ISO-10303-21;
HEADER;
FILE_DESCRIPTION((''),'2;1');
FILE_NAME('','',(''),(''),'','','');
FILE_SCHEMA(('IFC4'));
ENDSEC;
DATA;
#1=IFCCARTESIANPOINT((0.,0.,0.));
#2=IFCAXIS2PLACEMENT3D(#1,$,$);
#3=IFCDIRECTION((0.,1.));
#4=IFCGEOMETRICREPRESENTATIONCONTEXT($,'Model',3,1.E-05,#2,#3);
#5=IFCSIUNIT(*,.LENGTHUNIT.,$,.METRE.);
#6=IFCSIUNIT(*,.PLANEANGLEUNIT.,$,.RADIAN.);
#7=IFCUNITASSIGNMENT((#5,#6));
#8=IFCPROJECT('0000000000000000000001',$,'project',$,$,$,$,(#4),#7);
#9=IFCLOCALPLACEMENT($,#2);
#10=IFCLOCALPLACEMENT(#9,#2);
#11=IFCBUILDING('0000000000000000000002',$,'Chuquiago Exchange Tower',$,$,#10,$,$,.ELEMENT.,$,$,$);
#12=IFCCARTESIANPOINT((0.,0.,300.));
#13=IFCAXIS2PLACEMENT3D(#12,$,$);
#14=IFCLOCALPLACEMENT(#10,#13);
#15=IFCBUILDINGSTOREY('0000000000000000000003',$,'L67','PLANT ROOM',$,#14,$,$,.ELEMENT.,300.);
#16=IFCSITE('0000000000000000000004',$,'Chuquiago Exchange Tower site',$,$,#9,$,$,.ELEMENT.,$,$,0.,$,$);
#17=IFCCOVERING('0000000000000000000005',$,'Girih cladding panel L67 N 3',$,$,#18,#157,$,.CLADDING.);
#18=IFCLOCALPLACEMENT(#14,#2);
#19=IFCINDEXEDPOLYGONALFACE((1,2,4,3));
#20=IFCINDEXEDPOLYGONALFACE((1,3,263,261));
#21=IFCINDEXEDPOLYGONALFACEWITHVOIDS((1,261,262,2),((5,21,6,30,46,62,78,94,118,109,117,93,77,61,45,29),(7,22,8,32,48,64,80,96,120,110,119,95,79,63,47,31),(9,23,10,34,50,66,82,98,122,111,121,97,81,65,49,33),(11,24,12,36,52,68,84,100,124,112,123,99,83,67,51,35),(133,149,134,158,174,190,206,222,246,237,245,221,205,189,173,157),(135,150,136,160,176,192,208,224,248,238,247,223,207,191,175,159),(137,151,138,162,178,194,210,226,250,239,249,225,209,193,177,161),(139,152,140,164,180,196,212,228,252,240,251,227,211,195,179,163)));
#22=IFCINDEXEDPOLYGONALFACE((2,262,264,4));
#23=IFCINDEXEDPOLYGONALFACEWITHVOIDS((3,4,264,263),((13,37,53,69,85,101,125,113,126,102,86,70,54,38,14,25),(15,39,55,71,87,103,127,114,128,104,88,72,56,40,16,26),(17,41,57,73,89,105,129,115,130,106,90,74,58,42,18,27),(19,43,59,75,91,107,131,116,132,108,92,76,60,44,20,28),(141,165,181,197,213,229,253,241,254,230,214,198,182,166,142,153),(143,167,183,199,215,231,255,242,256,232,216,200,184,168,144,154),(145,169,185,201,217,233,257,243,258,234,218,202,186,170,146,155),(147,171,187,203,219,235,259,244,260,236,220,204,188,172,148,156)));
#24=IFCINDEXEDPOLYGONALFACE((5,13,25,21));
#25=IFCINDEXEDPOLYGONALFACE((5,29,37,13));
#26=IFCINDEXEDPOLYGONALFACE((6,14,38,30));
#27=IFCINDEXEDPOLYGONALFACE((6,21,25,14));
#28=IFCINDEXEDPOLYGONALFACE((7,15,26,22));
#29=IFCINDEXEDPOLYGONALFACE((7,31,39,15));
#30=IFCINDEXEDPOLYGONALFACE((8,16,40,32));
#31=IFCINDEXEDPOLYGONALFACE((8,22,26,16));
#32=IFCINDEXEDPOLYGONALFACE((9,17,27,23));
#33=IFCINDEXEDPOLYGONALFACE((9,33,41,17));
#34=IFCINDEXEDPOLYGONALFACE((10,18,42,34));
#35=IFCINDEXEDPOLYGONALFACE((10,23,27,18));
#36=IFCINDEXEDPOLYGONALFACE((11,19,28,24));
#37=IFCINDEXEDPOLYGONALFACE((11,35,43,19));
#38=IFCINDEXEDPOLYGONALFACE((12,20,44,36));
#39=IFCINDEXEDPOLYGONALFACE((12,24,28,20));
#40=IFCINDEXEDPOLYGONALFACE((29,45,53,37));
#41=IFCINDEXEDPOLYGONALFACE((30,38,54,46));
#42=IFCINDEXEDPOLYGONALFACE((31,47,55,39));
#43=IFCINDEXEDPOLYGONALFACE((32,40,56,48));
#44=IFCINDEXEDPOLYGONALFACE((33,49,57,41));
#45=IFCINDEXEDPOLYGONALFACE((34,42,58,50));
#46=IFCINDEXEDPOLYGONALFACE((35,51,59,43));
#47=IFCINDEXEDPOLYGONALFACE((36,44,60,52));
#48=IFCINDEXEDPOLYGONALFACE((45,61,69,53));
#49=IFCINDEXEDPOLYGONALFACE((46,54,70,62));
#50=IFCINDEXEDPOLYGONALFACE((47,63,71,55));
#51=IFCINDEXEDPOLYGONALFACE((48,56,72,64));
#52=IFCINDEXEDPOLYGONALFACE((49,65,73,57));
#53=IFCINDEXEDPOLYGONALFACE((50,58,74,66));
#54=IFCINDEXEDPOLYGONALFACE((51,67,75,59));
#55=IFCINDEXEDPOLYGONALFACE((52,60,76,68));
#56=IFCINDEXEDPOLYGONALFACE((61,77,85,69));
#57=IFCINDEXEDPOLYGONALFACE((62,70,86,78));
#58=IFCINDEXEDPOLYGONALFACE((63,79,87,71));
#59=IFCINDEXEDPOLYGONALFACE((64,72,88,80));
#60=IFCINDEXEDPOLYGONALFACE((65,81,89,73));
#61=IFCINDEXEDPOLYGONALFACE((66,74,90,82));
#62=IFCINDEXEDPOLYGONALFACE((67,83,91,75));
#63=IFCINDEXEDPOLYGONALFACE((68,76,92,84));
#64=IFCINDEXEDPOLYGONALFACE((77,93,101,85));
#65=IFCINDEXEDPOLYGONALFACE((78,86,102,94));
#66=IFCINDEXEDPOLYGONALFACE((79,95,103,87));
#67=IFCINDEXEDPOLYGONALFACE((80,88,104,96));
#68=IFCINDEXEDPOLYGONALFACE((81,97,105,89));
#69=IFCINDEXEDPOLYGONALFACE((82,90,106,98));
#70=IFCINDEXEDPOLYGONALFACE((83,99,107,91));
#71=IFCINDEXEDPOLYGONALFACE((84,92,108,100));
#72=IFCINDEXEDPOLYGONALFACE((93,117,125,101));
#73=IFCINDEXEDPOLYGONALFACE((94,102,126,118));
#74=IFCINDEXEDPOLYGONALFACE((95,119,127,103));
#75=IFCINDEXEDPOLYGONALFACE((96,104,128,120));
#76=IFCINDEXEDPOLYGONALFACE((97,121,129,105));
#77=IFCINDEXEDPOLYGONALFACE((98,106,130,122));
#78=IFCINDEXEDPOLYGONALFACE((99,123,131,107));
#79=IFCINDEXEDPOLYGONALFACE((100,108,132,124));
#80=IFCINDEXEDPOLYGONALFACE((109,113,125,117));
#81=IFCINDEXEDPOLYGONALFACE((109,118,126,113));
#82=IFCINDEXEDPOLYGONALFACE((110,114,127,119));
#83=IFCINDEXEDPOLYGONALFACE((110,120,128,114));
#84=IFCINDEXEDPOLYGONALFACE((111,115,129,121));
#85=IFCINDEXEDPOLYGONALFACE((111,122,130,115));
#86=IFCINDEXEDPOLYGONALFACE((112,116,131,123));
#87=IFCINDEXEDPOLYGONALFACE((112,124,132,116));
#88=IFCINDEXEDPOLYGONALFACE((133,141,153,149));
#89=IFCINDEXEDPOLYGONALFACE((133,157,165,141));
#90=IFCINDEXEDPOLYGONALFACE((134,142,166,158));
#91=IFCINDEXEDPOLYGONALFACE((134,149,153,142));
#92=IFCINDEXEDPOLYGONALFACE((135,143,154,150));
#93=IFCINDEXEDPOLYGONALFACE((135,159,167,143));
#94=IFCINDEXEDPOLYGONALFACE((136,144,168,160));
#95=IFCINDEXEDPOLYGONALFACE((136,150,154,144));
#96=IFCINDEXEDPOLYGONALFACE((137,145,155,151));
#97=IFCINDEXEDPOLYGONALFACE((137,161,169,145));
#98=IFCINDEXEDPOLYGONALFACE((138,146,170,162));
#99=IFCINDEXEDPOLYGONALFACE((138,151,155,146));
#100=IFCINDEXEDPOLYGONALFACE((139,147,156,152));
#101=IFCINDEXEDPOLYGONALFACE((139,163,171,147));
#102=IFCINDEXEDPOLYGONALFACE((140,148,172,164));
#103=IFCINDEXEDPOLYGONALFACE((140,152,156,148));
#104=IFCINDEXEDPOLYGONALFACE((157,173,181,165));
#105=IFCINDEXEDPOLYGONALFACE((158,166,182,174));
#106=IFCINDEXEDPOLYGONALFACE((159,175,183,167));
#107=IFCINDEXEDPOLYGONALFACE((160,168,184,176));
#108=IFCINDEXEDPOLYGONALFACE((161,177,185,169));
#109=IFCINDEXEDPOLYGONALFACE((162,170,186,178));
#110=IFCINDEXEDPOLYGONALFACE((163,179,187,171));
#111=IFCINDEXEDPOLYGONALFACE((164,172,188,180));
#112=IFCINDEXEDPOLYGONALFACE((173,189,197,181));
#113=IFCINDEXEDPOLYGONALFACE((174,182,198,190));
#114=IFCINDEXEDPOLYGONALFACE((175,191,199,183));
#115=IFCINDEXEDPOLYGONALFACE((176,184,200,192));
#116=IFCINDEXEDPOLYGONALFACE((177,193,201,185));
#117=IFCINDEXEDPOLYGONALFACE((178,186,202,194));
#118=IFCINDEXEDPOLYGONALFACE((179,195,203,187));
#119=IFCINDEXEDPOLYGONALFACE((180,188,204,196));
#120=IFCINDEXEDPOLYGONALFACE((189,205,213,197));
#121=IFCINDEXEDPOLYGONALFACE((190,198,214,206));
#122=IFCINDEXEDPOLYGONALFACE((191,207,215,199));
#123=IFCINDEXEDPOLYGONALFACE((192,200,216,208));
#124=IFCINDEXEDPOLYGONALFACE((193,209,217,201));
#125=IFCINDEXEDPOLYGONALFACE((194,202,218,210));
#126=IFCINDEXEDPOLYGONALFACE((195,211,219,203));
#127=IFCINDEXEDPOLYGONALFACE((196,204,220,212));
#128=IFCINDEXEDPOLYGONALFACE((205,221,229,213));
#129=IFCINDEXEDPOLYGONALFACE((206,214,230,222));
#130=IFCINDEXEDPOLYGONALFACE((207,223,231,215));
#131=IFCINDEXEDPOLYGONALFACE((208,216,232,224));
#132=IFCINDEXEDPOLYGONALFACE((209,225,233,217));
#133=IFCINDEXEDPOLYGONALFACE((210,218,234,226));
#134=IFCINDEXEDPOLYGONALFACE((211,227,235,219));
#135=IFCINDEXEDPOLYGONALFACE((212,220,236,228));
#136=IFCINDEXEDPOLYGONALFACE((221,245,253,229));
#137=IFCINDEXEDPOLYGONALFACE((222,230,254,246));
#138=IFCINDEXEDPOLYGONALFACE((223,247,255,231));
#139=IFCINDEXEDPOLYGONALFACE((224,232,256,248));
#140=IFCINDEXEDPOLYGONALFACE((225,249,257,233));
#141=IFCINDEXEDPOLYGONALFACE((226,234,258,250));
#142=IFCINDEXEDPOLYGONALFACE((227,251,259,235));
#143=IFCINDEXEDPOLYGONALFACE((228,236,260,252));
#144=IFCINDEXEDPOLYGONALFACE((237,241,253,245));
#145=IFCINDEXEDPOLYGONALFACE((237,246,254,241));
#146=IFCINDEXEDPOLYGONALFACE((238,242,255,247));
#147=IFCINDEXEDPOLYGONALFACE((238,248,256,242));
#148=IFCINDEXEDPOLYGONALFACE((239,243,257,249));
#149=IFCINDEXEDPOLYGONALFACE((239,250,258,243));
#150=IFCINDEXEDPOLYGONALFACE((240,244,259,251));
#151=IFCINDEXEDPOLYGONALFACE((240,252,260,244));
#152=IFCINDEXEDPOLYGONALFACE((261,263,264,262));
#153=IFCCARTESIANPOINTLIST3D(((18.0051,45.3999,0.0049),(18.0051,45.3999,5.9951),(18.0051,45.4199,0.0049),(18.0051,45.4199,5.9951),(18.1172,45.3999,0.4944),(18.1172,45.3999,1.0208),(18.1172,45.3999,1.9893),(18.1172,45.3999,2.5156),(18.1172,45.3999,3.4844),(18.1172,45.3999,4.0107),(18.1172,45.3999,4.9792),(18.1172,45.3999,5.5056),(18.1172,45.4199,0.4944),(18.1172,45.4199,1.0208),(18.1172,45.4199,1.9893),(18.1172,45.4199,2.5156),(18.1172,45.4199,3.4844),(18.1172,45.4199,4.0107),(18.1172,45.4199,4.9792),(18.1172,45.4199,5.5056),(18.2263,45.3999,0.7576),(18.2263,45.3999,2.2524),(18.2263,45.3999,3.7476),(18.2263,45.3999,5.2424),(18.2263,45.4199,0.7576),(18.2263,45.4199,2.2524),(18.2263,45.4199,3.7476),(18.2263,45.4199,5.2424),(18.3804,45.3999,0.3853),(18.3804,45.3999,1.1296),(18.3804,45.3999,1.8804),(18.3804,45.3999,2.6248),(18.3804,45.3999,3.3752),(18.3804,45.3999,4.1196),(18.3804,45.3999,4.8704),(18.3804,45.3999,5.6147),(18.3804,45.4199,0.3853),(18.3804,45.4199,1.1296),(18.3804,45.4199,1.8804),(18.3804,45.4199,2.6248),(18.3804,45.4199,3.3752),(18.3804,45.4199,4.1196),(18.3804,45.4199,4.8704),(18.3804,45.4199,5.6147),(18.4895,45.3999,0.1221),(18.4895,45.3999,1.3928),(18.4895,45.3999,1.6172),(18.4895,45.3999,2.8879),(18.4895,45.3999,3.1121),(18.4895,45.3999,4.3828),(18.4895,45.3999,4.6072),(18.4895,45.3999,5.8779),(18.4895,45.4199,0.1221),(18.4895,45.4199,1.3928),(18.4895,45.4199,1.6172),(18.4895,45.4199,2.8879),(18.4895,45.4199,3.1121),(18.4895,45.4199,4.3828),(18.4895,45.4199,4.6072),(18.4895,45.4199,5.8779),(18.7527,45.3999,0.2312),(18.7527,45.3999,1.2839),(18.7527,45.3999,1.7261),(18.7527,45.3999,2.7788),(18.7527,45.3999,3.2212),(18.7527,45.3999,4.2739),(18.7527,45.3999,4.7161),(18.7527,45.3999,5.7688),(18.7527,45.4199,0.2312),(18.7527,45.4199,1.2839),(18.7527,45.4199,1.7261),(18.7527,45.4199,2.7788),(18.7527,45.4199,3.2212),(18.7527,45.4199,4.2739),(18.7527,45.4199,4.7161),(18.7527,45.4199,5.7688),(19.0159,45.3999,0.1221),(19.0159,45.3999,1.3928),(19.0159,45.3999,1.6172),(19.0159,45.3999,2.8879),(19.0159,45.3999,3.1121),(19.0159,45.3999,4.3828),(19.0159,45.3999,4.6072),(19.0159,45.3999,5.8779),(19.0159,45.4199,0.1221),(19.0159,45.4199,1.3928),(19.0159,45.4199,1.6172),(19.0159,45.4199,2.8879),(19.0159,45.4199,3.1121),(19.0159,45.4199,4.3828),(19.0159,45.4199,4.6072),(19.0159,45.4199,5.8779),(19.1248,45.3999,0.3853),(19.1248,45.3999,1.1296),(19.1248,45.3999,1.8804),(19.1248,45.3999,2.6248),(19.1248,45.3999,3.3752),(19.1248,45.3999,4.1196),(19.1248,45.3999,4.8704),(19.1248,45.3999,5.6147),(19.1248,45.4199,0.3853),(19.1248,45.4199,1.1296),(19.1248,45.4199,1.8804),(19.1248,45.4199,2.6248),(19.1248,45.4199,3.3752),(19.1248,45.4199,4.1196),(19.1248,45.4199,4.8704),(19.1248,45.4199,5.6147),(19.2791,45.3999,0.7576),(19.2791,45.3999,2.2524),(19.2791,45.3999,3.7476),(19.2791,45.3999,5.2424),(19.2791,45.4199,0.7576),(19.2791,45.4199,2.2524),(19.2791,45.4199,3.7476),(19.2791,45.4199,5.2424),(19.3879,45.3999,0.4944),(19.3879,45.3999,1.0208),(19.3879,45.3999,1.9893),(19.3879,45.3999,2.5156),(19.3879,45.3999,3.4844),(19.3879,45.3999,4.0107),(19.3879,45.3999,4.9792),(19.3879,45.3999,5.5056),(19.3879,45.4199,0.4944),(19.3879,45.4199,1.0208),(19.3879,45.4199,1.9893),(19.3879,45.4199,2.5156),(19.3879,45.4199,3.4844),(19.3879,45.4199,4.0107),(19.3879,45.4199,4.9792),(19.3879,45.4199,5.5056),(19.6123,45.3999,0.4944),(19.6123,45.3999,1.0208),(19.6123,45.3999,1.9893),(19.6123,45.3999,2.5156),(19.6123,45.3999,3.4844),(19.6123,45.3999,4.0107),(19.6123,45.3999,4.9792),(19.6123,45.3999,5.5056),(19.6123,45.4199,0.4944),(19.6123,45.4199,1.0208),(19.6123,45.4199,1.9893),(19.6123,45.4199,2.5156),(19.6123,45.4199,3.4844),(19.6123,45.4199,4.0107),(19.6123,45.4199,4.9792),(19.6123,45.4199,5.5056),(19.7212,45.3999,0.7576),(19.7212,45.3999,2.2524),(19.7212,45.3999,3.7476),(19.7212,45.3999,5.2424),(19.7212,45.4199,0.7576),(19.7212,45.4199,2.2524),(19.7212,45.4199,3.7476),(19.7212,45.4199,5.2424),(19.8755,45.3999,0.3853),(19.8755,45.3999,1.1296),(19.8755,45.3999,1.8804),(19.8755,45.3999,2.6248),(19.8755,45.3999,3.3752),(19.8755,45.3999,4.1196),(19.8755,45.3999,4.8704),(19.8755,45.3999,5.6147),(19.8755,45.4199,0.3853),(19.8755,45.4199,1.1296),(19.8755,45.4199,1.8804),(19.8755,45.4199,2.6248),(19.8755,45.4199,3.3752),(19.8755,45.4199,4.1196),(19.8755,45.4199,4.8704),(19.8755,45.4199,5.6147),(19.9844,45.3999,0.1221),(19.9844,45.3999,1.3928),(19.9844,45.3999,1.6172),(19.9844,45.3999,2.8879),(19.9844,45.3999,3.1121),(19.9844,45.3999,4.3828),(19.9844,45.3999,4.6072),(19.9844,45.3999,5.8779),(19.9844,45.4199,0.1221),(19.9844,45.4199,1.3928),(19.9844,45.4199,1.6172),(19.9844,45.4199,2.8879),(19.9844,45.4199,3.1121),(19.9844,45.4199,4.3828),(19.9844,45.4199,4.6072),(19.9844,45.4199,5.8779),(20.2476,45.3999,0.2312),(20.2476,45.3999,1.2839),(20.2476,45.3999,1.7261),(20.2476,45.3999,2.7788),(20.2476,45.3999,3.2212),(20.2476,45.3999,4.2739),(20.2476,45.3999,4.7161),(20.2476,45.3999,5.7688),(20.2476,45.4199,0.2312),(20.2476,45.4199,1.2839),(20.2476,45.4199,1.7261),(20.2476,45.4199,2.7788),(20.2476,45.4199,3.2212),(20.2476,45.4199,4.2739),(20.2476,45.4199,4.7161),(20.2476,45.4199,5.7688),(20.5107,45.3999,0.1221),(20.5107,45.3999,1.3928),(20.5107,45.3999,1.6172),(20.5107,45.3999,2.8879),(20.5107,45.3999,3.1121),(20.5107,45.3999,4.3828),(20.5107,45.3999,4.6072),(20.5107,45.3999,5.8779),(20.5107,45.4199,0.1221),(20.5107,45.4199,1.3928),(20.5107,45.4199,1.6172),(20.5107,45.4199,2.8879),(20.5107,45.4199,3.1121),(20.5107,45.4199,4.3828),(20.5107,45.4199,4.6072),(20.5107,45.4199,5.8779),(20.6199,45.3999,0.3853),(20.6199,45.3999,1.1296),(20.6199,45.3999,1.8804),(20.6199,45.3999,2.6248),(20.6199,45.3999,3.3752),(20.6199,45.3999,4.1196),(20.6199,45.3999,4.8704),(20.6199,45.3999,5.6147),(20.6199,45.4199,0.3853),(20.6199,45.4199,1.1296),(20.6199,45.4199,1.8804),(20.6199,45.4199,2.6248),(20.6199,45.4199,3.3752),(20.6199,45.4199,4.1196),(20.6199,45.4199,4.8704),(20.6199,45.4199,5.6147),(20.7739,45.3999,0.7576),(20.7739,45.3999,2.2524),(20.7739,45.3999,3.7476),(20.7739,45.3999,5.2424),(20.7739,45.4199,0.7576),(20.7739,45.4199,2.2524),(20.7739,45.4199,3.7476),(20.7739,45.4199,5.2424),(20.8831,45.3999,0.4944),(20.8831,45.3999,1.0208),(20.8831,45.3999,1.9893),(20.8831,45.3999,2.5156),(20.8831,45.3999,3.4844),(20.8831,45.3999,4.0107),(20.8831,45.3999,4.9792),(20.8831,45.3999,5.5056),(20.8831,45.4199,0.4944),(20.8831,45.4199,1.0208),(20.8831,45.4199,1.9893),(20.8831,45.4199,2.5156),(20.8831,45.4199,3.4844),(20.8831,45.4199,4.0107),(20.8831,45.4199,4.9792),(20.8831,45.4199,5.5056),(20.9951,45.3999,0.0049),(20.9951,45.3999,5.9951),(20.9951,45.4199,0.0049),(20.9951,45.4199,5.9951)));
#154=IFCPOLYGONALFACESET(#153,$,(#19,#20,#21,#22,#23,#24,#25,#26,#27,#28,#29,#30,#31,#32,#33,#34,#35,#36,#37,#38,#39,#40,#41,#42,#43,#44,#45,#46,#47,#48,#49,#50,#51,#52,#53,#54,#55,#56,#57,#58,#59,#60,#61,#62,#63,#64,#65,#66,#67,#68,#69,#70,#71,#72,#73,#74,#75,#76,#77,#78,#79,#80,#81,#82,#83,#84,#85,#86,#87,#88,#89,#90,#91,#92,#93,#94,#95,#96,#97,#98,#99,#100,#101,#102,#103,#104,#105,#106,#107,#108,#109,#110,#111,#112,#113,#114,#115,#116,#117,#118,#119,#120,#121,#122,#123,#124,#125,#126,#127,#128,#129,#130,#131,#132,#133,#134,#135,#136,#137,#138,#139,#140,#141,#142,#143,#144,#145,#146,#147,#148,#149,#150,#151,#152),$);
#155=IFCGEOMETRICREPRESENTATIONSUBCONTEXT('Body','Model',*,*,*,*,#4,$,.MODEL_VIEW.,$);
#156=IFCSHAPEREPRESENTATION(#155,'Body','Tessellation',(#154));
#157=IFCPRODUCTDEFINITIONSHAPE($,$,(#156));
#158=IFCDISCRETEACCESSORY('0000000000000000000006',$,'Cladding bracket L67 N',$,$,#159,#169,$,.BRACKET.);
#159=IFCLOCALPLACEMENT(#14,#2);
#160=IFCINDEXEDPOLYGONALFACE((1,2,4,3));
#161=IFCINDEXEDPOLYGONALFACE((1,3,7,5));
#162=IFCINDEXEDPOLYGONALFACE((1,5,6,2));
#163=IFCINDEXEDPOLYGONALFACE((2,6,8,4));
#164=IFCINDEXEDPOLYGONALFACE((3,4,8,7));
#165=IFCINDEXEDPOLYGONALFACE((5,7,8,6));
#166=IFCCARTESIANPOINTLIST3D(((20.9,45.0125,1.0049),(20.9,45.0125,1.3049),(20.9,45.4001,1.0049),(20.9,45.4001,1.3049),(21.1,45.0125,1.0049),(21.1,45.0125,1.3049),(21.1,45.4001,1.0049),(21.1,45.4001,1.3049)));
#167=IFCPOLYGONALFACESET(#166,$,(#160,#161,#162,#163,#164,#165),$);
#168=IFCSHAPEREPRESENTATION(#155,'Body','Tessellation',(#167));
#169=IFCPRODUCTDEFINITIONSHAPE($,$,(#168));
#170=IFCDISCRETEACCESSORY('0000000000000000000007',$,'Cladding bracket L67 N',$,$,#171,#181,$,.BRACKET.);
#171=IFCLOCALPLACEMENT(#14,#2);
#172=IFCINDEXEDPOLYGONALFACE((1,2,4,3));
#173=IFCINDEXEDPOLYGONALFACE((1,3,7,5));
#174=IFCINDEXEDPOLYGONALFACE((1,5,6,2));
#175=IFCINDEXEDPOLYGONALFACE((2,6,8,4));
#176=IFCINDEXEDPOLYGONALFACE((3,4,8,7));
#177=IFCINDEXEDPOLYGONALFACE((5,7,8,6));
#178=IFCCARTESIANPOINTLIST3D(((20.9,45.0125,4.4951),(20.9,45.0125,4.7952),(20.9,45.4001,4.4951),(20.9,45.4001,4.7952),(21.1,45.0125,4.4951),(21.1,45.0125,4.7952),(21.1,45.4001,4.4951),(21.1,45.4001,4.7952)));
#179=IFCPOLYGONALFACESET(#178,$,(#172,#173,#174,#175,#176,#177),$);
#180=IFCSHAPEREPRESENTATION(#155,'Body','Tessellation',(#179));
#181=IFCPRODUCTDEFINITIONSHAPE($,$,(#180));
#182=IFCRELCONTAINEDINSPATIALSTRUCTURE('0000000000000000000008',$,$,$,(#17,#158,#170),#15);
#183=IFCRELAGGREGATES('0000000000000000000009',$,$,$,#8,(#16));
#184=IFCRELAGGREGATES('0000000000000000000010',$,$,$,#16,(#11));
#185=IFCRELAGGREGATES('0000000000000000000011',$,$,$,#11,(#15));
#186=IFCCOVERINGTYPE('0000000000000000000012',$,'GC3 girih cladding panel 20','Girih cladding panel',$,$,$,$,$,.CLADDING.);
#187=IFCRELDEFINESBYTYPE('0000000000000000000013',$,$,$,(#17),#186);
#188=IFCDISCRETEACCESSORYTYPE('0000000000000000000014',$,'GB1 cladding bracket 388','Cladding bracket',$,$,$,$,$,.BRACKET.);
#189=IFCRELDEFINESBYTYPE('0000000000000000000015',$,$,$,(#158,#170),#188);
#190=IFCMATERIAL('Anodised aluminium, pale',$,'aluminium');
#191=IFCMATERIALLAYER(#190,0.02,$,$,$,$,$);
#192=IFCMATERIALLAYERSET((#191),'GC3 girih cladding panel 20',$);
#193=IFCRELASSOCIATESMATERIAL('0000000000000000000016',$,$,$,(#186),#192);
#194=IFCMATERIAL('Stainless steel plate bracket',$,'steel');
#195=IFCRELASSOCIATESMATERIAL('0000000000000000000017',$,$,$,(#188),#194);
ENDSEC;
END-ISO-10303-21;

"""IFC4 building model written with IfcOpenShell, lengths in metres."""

from ifc_helpers import new_model, si_unit, direction, frame, origin, origin_2d, place, context, subcontext, project, spatial, polyline, rectangle, outline, extrude, material, layer, layer_set, type_object, element, save


model = new_model("IFC4")

# Units and contexts
model_context = context("Model", 3, precision=1e-05, world=origin(), true_north=direction((0.0, 1.0)))
body_context = subcontext(model_context, "Body", "Model", "MODEL_VIEW")
ifc_project = project(units=[si_unit("LENGTHUNIT", "METRE"), si_unit("PLANEANGLEUNIT", "RADIAN")], contexts=[model_context])

# Site, building, storey
site_placement = place(None, origin())
site = spatial("IfcSite", under=ifc_project, at=site_placement, Name="Chuquiago Exchange Tower site", CompositionType="ELEMENT", RefElevation=0.0)
building_placement = place(site_placement, origin())
building = spatial("IfcBuilding", under=site, at=building_placement, Name="Chuquiago Exchange Tower", CompositionType="ELEMENT")
storey_placement = place(building_placement, frame((0.0, 0.0, 300.0)))
storey = spatial("IfcBuildingStorey", under=building, at=storey_placement, Name="L67", Description="PLANT ROOM", CompositionType="ELEMENT", Elevation=300.0)

# Covering
ifc_material_1 = material(Name="Anodised aluminium, pale", Category="aluminium")
ifc_layer_1 = layer(ifc_material_1, 0.02)
ifc_layer_set_1 = layer_set([ifc_layer_1], Name="GC3 girih cladding panel 20")
covering_type_1 = type_object("IfcCoveringType", Name="GC3 girih cladding panel 20", Description="Girih cladding panel", PredefinedType="CLADDING", material=ifc_layer_set_1)
covering_1_placement = place(storey_placement, frame((20.9951, 45.3999, 0.0049), z_axis=(0.0, 0.0, 1.0), x_axis=(-1.0, 0.0, 0.0)))
element("IfcCovering", 1, at=covering_1_placement, inside=storey, type_object=covering_type_1, Name="Girih cladding panel L67 N 3", PredefinedType="CLADDING", context=body_context, shape_type="SweptSolid", body=[
    extrude(outline(polyline([(0.0, 0.0), (2.99, 0.0), (2.99, 5.9902), (0.0, 5.9902), (0.0, 0.0)]), holes=[polyline([(1.2739, 0.7527), (1.3828, 1.0159), (1.1196, 1.1248), (1.0107, 1.3879), (0.7476, 1.2791), (0.4844, 1.3879), (0.3752, 1.1248), (0.1121, 1.0159), (0.2212, 0.7527), (0.1121, 0.4895), (0.3752, 0.3804), (0.4844, 0.1172), (0.7476, 0.2263), (1.0107, 0.1172), (1.1196, 0.3804), (1.3828, 0.4895), (1.2739, 0.7527)]), polyline([(2.7688, 0.7527), (2.8779, 1.0159), (2.6147, 1.1248), (2.5056, 1.3879), (2.2424, 1.2791), (1.9792, 1.3879), (1.8704, 1.1248), (1.6072, 1.0159), (1.7161, 0.7527), (1.6072, 0.4895), (1.8704, 0.3804), (1.9792, 0.1172), (2.2424, 0.2263), (2.5056, 0.1172), (2.6147, 0.3804), (2.8779, 0.4895), (2.7688, 0.7527)]), polyline([(1.2739, 2.2476), (1.3828, 2.5107), (1.1196, 2.6199), (1.0107, 2.8831), (0.7476, 2.7739), (0.4844, 2.8831), (0.3752, 2.6199), (0.1121, 2.5107), (0.2212, 2.2476), (0.1121, 1.9844), (0.3752, 1.8755), (0.4844, 1.6123), (0.7476, 1.7212), (1.0107, 1.6123), (1.1196, 1.8755), (1.3828, 1.9844), (1.2739, 2.2476)]), polyline([(2.7688, 2.2476), (2.8779, 2.5107), (2.6147, 2.6199), (2.5056, 2.8831), (2.2424, 2.7739), (1.9792, 2.8831), (1.8704, 2.6199), (1.6072, 2.5107), (1.7161, 2.2476), (1.6072, 1.9844), (1.8704, 1.8755), (1.9792, 1.6123), (2.2424, 1.7212), (2.5056, 1.6123), (2.6147, 1.8755), (2.8779, 1.9844), (2.7688, 2.2476)]), polyline([(1.2739, 3.7427), (1.3828, 4.0059), (1.1196, 4.1147), (1.0107, 4.3779), (0.7476, 4.269), (0.4844, 4.3779), (0.3752, 4.1147), (0.1121, 4.0059), (0.2212, 3.7427), (0.1121, 3.4795), (0.3752, 3.3704), (0.4844, 3.1072), (0.7476, 3.2163), (1.0107, 3.1072), (1.1196, 3.3704), (1.3828, 3.4795), (1.2739, 3.7427)]), polyline([(2.7688, 3.7427), (2.8779, 4.0059), (2.6147, 4.1147), (2.5056, 4.3779), (2.2424, 4.269), (1.9792, 4.3779), (1.8704, 4.1147), (1.6072, 4.0059), (1.7161, 3.7427), (1.6072, 3.4795), (1.8704, 3.3704), (1.9792, 3.1072), (2.2424, 3.2163), (2.5056, 3.1072), (2.6147, 3.3704), (2.8779, 3.4795), (2.7688, 3.7427)]), polyline([(1.2739, 5.2375), (1.3828, 5.5007), (1.1196, 5.6099), (1.0107, 5.873), (0.7476, 5.7639), (0.4844, 5.873), (0.3752, 5.6099), (0.1121, 5.5007), (0.2212, 5.2375), (0.1121, 4.9744), (0.3752, 4.8655), (0.4844, 4.6023), (0.7476, 4.7112), (1.0107, 4.6023), (1.1196, 4.8655), (1.3828, 4.9744), (1.2739, 5.2375)]), polyline([(2.7688, 5.2375), (2.8779, 5.5007), (2.6147, 5.6099), (2.5056, 5.873), (2.2424, 5.7639), (1.9792, 5.873), (1.8704, 5.6099), (1.6072, 5.5007), (1.7161, 5.2375), (1.6072, 4.9744), (1.8704, 4.8655), (1.9792, 4.6023), (2.2424, 4.7112), (2.5056, 4.6023), (2.6147, 4.8655), (2.8779, 4.9744), (2.7688, 5.2375)])]), frame((0.0, 0.0, 0.0), z_axis=(0.0, -1.0, 0.0), x_axis=(1.0, 0.0, 0.0)), (0.0, 0.0, 1.0), 0.02),
])

# Discrete accessories
ifc_material_2 = material(Name="Stainless steel plate bracket", Category="steel")
discrete_accessory_type_1 = type_object("IfcDiscreteAccessoryType", Name="GB1 cladding bracket 388", Description="Cladding bracket", PredefinedType="BRACKET", material=ifc_material_2)
for number, where, z_axis, x_axis, name in (
    (2, (21.0, 45.2063, 1.0049), (0.0, 0.0, 1.0), (-1.0, 0.0, 0.0), "Cladding bracket L67 N"),
    (3, (21.0, 45.2063, 4.4951), (0.0, 0.0, 1.0), (-1.0, 0.0, 0.0), "Cladding bracket L67 N"),
):
    element("IfcDiscreteAccessory", number, at=place(storey_placement, frame(where, z_axis=z_axis, x_axis=x_axis)), inside=storey, type_object=discrete_accessory_type_1, Name=name, PredefinedType="BRACKET", context=body_context, shape_type="SweptSolid", body=[
        extrude(rectangle(XDim=0.2, YDim=0.3877, at=origin_2d()), origin(), (0.0, 0.0, 1.0), 0.3),
    ])

save(model, "model.ifc")
